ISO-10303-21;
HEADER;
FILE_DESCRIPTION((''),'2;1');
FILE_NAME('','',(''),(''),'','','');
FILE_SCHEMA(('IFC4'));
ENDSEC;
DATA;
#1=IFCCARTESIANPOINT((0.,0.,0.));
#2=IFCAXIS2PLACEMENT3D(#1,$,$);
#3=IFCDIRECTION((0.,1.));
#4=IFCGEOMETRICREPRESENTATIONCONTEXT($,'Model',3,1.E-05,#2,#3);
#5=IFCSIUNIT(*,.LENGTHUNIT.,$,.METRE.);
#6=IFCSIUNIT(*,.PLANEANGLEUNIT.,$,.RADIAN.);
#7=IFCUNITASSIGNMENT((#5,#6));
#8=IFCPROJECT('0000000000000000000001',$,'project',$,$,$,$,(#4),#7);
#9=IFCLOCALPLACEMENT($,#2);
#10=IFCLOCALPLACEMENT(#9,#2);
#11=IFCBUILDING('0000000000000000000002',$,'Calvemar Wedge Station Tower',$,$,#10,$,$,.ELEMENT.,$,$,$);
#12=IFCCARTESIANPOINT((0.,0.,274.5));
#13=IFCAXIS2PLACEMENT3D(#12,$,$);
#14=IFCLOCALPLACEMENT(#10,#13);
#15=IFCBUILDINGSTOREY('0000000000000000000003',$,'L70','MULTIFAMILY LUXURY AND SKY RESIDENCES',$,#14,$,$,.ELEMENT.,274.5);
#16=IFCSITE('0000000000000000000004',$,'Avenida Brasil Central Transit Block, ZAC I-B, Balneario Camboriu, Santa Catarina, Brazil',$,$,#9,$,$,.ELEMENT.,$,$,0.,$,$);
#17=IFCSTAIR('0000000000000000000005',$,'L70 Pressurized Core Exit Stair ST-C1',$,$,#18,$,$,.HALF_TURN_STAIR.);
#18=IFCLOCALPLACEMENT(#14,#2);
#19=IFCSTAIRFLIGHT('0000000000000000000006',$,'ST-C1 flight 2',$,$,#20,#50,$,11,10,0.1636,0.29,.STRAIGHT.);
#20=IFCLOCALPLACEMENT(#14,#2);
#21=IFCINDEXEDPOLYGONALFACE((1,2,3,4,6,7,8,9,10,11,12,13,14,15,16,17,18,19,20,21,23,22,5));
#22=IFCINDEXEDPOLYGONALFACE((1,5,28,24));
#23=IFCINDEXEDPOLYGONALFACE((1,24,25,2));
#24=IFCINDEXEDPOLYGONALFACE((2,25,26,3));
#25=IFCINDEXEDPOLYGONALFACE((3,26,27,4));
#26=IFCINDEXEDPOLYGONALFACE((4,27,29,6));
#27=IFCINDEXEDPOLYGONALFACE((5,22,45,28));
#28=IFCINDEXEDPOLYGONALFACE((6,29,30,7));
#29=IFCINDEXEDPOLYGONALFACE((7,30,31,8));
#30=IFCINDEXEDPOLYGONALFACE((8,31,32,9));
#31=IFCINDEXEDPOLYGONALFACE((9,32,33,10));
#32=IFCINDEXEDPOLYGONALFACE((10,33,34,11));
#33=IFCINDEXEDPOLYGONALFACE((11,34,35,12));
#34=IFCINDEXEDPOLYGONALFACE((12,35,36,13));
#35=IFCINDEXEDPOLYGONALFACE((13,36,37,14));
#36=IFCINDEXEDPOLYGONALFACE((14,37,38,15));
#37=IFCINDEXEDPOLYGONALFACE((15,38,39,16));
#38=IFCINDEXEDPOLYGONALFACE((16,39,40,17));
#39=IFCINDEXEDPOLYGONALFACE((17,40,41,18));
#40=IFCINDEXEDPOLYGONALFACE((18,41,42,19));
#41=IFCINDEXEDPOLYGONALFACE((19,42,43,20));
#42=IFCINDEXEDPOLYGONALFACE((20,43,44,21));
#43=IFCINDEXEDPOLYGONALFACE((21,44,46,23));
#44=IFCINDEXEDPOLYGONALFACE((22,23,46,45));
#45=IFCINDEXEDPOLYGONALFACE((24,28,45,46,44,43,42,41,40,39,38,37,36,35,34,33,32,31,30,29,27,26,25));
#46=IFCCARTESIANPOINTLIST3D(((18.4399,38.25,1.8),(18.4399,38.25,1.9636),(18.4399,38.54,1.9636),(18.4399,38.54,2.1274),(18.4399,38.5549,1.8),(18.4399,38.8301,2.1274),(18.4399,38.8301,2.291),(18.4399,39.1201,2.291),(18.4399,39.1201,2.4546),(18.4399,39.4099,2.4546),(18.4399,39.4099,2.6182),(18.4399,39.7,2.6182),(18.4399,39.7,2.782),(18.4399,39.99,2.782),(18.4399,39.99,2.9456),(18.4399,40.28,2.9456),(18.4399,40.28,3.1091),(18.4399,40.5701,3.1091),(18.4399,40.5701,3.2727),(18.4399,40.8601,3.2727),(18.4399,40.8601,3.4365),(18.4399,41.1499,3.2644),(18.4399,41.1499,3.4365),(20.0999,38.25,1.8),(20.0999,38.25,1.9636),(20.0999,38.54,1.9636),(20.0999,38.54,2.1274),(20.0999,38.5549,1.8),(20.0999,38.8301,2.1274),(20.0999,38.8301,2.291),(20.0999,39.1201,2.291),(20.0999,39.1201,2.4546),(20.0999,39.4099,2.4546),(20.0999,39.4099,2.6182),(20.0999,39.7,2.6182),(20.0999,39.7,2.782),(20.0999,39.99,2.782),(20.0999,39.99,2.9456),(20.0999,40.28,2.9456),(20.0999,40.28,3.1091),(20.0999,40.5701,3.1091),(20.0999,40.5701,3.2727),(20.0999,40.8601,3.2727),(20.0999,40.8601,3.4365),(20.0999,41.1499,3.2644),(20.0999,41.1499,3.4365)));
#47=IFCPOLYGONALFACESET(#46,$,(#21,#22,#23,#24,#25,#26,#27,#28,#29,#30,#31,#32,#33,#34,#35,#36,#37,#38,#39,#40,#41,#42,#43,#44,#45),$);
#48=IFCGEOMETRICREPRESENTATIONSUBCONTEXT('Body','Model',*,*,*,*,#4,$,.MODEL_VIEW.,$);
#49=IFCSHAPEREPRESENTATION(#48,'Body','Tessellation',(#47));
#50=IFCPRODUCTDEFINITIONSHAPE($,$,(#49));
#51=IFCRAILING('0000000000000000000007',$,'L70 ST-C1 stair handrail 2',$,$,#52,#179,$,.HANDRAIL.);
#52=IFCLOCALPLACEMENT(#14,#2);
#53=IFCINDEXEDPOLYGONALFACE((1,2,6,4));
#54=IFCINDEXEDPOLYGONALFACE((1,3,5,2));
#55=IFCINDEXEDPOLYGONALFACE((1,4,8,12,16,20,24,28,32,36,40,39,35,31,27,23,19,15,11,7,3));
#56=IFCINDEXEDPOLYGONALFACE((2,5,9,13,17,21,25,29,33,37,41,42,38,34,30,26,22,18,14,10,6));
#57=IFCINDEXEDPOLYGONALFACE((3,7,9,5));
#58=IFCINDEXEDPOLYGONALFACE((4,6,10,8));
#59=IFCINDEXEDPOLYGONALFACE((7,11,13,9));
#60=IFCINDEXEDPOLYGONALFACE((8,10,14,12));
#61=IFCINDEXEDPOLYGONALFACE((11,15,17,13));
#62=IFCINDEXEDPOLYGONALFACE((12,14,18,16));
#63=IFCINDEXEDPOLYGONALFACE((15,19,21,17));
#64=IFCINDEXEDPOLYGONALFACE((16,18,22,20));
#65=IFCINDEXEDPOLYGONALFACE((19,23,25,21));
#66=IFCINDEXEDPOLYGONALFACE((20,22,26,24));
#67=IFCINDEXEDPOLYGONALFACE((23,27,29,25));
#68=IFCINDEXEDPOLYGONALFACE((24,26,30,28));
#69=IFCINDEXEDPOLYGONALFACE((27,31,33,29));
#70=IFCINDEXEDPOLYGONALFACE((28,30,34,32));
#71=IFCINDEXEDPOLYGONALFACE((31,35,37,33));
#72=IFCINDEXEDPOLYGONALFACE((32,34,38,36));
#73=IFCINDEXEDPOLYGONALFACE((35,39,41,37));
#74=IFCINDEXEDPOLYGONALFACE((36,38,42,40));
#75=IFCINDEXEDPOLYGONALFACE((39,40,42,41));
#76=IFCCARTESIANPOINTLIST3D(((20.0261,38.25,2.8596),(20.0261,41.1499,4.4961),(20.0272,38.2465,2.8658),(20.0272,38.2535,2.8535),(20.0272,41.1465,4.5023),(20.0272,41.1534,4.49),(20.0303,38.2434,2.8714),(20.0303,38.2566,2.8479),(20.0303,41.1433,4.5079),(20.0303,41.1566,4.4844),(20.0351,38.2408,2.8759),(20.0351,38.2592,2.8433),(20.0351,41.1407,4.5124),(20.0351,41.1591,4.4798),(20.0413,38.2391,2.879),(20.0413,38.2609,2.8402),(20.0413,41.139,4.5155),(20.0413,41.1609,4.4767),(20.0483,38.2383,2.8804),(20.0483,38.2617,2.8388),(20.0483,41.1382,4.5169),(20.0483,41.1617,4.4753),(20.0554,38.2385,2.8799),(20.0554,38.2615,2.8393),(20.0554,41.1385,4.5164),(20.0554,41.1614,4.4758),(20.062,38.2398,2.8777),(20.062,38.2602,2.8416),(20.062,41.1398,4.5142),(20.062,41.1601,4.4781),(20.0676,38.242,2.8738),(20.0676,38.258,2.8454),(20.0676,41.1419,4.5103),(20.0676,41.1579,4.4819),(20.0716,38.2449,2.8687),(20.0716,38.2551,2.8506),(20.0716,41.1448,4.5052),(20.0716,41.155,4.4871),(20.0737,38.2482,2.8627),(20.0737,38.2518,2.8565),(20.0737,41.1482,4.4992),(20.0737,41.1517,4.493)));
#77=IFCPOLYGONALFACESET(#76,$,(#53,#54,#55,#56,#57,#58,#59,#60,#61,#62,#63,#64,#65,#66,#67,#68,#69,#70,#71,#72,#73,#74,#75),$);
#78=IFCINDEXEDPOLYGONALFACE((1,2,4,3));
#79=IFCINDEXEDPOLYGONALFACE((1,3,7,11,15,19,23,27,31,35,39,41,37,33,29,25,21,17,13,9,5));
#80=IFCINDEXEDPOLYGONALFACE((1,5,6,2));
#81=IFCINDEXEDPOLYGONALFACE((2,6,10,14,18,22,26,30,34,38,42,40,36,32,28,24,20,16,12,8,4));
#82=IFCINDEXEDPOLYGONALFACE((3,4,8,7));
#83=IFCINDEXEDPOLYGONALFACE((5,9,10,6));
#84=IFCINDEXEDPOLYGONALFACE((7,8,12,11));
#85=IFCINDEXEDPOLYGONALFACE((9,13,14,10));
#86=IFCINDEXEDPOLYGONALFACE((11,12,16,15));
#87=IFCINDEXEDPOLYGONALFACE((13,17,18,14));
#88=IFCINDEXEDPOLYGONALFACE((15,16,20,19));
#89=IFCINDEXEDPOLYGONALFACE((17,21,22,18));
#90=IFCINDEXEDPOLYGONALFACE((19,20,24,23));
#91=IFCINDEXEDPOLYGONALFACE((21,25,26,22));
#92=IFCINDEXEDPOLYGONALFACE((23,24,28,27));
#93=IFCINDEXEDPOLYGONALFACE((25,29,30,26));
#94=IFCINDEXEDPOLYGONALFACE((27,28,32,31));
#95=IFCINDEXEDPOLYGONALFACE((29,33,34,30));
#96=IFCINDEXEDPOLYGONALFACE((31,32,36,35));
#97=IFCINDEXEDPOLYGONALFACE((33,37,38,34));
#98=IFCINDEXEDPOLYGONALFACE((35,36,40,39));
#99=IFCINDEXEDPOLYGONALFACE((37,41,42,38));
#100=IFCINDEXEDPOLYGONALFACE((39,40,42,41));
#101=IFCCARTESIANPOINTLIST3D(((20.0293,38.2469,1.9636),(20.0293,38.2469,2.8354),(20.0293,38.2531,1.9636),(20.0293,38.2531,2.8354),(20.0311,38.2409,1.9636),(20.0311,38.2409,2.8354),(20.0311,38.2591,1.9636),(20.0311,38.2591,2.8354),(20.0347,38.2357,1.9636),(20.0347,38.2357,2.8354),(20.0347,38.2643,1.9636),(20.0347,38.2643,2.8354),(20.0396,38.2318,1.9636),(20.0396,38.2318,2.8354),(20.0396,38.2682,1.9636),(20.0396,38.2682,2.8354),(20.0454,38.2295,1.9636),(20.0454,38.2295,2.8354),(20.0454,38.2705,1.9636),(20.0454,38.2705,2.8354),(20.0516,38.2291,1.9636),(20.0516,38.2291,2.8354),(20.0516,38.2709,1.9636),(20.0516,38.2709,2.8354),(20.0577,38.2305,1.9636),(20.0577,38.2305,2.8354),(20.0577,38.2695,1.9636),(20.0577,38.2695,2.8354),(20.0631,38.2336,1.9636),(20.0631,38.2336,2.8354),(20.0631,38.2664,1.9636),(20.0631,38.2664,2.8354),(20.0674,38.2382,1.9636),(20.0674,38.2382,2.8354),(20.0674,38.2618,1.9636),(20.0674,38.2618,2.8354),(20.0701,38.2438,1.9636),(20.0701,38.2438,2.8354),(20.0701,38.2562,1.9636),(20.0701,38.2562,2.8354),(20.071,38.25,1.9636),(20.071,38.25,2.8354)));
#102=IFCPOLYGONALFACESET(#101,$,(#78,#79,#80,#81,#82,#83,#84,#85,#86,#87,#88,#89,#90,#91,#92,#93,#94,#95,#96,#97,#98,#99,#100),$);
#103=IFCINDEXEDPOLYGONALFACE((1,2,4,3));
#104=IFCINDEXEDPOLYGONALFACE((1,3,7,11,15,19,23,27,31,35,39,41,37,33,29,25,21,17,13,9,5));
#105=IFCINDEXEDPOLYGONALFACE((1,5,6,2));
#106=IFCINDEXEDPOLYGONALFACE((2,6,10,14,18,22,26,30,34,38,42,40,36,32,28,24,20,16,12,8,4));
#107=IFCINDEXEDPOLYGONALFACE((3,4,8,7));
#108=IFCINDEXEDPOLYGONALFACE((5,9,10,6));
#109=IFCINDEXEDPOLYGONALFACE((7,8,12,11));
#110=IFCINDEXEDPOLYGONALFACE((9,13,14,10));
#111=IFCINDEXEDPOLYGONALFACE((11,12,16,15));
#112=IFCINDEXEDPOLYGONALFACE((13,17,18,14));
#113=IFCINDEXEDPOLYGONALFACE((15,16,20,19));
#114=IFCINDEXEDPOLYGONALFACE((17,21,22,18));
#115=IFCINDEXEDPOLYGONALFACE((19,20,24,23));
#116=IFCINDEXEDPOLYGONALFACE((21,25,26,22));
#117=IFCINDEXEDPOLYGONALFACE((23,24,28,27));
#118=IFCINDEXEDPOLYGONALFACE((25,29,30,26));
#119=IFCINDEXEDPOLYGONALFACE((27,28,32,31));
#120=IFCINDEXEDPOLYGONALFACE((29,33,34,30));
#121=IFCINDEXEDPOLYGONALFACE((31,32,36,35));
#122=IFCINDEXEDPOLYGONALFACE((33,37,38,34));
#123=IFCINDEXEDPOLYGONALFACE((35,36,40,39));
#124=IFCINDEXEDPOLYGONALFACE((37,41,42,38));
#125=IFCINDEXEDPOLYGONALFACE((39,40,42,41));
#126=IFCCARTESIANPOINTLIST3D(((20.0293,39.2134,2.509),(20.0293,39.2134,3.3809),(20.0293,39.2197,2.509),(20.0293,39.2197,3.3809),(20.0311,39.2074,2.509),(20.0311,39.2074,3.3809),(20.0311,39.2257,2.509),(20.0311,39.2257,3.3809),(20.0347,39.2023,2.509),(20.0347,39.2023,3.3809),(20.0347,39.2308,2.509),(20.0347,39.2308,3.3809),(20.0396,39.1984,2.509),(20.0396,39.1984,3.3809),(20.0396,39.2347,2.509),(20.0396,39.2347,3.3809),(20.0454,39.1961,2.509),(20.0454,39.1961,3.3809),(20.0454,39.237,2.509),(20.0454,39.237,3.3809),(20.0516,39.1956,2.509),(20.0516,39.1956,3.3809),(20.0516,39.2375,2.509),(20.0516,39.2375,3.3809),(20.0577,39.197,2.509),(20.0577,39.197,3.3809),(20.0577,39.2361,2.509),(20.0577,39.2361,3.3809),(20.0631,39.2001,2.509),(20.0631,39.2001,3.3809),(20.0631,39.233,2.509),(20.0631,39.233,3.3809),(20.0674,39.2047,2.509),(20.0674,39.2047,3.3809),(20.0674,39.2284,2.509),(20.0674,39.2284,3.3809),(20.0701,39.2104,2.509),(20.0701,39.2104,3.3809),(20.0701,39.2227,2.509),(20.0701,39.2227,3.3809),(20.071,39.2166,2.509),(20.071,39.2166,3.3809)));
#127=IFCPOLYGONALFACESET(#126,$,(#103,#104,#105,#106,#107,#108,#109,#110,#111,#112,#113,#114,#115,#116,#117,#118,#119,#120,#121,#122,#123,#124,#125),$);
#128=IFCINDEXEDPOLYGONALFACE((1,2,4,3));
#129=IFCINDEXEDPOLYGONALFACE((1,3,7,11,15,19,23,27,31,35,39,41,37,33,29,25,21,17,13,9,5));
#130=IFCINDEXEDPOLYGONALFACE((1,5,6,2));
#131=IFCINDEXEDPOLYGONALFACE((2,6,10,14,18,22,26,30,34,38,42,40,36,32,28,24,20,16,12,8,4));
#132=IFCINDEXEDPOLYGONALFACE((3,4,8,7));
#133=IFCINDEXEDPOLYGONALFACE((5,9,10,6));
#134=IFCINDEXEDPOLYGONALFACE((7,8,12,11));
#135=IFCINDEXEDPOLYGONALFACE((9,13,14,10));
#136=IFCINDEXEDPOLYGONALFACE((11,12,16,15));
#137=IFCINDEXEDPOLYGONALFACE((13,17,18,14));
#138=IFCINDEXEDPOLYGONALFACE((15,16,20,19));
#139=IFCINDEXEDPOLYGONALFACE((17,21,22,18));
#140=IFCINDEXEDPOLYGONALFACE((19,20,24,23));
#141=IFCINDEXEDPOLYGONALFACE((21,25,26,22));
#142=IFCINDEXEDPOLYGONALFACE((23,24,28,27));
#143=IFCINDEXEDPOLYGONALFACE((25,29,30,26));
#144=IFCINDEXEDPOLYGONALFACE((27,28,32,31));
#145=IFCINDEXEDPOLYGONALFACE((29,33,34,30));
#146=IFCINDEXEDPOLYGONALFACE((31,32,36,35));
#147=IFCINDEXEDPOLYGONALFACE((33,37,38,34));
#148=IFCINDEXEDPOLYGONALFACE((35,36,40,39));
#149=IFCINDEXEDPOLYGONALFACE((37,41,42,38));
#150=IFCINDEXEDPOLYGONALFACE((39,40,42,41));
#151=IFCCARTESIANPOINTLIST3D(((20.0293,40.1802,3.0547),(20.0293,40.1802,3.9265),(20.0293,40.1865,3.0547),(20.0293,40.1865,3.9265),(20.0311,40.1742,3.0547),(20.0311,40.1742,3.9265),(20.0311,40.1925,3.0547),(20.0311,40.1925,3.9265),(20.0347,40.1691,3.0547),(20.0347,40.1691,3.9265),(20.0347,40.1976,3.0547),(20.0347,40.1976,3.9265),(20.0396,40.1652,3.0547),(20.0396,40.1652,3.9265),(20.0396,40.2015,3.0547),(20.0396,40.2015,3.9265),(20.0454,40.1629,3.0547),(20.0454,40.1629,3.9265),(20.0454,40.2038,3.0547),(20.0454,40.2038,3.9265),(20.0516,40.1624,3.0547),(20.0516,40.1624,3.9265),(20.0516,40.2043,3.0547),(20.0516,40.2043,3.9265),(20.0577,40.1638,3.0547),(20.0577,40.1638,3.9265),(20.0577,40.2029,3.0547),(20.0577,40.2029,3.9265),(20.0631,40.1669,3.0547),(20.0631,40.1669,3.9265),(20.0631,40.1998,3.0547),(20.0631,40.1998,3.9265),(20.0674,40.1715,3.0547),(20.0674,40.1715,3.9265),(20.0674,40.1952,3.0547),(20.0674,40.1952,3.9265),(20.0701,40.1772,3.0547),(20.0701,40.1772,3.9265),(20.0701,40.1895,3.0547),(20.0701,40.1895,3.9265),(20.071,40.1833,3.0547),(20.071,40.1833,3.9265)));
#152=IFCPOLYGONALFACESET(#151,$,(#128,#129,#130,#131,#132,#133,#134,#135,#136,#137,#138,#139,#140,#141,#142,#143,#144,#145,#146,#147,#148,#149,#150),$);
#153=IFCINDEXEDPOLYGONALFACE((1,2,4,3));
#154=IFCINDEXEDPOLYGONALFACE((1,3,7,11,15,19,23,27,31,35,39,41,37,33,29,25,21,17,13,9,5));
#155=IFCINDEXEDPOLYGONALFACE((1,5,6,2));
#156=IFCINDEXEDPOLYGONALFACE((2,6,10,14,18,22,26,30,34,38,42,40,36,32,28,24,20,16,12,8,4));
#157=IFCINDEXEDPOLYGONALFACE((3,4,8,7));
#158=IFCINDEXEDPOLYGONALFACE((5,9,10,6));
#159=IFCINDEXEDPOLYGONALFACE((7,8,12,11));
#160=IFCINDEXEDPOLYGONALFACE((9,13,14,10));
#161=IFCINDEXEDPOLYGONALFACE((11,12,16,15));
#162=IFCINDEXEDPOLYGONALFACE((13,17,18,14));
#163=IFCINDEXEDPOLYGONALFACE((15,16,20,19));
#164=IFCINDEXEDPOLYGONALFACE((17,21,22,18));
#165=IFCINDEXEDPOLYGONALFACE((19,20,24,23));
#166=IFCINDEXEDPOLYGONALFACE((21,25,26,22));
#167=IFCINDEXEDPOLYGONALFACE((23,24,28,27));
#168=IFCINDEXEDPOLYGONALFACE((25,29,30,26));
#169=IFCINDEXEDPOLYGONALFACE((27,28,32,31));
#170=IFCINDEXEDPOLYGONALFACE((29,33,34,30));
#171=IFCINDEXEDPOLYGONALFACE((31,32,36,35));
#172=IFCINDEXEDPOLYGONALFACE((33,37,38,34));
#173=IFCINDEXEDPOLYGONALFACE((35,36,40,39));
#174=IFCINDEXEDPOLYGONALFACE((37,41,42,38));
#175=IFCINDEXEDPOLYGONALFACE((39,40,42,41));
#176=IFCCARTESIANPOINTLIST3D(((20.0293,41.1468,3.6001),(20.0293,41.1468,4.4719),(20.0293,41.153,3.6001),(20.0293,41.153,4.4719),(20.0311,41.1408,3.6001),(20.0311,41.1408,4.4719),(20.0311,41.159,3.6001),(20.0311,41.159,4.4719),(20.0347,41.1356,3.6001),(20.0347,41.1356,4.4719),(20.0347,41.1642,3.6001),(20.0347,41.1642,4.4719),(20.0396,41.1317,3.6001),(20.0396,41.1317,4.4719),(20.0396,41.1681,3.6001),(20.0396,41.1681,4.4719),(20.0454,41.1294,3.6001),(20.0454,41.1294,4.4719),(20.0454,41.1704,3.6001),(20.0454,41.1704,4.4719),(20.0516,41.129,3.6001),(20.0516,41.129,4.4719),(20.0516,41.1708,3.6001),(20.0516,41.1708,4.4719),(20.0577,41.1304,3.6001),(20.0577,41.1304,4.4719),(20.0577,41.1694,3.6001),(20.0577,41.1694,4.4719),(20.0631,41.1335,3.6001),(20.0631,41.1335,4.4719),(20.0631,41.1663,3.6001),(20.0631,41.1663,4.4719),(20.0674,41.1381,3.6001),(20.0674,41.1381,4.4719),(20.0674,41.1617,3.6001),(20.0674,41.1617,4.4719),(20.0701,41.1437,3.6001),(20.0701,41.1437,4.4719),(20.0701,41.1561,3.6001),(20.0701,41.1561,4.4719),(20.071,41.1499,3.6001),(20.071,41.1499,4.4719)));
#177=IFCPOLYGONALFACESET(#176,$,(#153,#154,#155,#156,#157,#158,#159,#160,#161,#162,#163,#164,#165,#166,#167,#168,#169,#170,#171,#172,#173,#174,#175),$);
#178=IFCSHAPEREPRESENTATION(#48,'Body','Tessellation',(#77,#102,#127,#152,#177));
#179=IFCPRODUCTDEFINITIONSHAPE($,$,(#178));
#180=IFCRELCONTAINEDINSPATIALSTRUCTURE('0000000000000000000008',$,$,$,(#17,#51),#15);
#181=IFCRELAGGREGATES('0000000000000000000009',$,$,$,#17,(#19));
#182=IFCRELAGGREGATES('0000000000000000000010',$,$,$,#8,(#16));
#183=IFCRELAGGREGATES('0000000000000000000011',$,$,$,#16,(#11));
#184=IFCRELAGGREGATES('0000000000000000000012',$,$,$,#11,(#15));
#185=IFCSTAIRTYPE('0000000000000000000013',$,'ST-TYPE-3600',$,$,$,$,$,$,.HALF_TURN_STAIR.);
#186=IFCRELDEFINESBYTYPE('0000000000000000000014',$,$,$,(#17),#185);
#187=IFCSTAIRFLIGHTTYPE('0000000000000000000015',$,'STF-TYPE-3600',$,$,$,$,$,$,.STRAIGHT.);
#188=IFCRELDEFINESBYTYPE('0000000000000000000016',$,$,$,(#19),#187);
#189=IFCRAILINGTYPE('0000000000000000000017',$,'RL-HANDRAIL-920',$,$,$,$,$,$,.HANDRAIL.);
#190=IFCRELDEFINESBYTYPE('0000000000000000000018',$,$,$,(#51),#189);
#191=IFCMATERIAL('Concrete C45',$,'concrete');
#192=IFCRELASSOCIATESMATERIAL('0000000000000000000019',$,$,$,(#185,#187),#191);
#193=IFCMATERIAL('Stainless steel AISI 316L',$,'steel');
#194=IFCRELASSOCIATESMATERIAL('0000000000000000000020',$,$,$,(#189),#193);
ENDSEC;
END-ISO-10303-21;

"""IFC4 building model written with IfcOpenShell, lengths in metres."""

from ifc_helpers import new_model, si_unit, direction, frame, origin, origin_2d, place, context, subcontext, project, spatial, polyline, circle, outline, extrude, material, type_object, element, aggregate, save


model = new_model("IFC4")

# Units and contexts
model_context = context("Model", 3, precision=1e-05, world=origin(), true_north=direction((0.0, 1.0)))
body_context = subcontext(model_context, "Body", "Model", "MODEL_VIEW")
ifc_project = project(units=[si_unit("LENGTHUNIT", "METRE"), si_unit("PLANEANGLEUNIT", "RADIAN")], contexts=[model_context])

# Site, building, storey
site_placement = place(None, origin())
site = spatial("IfcSite", under=ifc_project, at=site_placement, Name="Avenida Brasil Central Transit Block, ZAC I-B, Balneario Camboriu, Santa Catarina, Brazil", CompositionType="ELEMENT", RefElevation=0.0)
building_placement = place(site_placement, origin())
building = spatial("IfcBuilding", under=site, at=building_placement, Name="Calvemar Wedge Station Tower", CompositionType="ELEMENT")
storey_placement = place(building_placement, frame((0.0, 0.0, 274.5)))
storey = spatial("IfcBuildingStorey", under=building, at=storey_placement, Name="L70", Description="MULTIFAMILY LUXURY AND SKY RESIDENCES", CompositionType="ELEMENT", Elevation=274.5)

# Stair, stair flight
ifc_material_1 = material(Name="Concrete C45", Category="concrete")
stair_type = type_object("IfcStairType", Name="ST-TYPE-3600", PredefinedType="HALF_TURN_STAIR", material=ifc_material_1)
stair_placement = place(storey_placement, origin())
stair = element("IfcStair", 1, at=stair_placement, inside=storey, type_object=stair_type, Name="L70 Pressurized Core Exit Stair ST-C1", PredefinedType="HALF_TURN_STAIR")
stair_flight_type = type_object("IfcStairFlightType", Name="STF-TYPE-3600", PredefinedType="STRAIGHT", material=ifc_material_1)
stair_flight_placement = place(storey_placement, frame((19.27, 38.25, 1.8), z_axis=(0.0, 0.0, 1.0), x_axis=(0.0, 1.0, 0.0)))
stair_flight = element("IfcStairFlight", 2, at=stair_flight_placement, type_object=stair_flight_type, Name="ST-C1 flight 2", NumberOfRisers=11, NumberOfTreads=10, PredefinedType="STRAIGHT", RiserHeight=0.1636, TreadLength=0.29, context=body_context, shape_type="SweptSolid", body=[
    extrude(outline(polyline([(0.0, 0.0), (0.0, 0.1636), (0.29, 0.1636), (0.29, 0.3274), (0.5801, 0.3274), (0.5801, 0.491), (0.8701, 0.491), (0.8701, 0.6545), (1.1599, 0.6545), (1.1599, 0.8181), (1.45, 0.8181), (1.45, 0.9819), (1.74, 0.9819), (1.74, 1.1455), (2.03, 1.1455), (2.03, 1.3091), (2.3201, 1.3091), (2.3201, 1.4727), (2.6101, 1.4727), (2.6101, 1.6365), (2.8999, 1.6365), (2.8999, 1.8), (2.8999, 1.4644), (0.3049, 0.0), (0.0, 0.0)])), frame((0.0, 0.8301, 0.0), z_axis=(0.0, -1.0, 0.0), x_axis=(1.0, 0.0, 0.0)), (0.0, 0.0, 1.0), 1.6599),
])
aggregate(stair, [stair_flight])

# Railing
ifc_material_2 = material(Name="Stainless steel AISI 316L", Category="steel")
railing_type_1 = type_object("IfcRailingType", Name="RL-HANDRAIL-920", PredefinedType="HANDRAIL", material=ifc_material_2)
railing_1_placement = place(storey_placement, frame((20.05, 38.25, 1.9636)))
element("IfcRailing", 3, at=railing_1_placement, inside=storey, type_object=railing_type_1, Name="L70 ST-C1 stair handrail 2", PredefinedType="HANDRAIL", context=body_context, shape_type="SweptSolid", body=[
    extrude(circle(Radius=0.0239, at=origin_2d()), frame((0.0, 0.0, 0.896), z_axis=(0.0, 0.870897, 0.491465), x_axis=(-1.0, 0.0, 0.0)), (0.0, 0.0, 1.0), 3.3298),
    extrude(circle(Radius=0.021, at=origin_2d()), origin(), (0.0, 0.0, 1.0), 0.8718),
    extrude(circle(Radius=0.021, at=origin_2d()), frame((0.0, 0.9666, 0.5454)), (0.0, 0.0, 1.0), 0.8718),
    extrude(circle(Radius=0.021, at=origin_2d()), frame((0.0, 1.9333, 1.0911)), (0.0, 0.0, 1.0), 0.8718),
    extrude(circle(Radius=0.021, at=origin_2d()), frame((0.0, 2.8999, 1.6365)), (0.0, 0.0, 1.0), 0.8718),
])

save(model, "model.ifc")
